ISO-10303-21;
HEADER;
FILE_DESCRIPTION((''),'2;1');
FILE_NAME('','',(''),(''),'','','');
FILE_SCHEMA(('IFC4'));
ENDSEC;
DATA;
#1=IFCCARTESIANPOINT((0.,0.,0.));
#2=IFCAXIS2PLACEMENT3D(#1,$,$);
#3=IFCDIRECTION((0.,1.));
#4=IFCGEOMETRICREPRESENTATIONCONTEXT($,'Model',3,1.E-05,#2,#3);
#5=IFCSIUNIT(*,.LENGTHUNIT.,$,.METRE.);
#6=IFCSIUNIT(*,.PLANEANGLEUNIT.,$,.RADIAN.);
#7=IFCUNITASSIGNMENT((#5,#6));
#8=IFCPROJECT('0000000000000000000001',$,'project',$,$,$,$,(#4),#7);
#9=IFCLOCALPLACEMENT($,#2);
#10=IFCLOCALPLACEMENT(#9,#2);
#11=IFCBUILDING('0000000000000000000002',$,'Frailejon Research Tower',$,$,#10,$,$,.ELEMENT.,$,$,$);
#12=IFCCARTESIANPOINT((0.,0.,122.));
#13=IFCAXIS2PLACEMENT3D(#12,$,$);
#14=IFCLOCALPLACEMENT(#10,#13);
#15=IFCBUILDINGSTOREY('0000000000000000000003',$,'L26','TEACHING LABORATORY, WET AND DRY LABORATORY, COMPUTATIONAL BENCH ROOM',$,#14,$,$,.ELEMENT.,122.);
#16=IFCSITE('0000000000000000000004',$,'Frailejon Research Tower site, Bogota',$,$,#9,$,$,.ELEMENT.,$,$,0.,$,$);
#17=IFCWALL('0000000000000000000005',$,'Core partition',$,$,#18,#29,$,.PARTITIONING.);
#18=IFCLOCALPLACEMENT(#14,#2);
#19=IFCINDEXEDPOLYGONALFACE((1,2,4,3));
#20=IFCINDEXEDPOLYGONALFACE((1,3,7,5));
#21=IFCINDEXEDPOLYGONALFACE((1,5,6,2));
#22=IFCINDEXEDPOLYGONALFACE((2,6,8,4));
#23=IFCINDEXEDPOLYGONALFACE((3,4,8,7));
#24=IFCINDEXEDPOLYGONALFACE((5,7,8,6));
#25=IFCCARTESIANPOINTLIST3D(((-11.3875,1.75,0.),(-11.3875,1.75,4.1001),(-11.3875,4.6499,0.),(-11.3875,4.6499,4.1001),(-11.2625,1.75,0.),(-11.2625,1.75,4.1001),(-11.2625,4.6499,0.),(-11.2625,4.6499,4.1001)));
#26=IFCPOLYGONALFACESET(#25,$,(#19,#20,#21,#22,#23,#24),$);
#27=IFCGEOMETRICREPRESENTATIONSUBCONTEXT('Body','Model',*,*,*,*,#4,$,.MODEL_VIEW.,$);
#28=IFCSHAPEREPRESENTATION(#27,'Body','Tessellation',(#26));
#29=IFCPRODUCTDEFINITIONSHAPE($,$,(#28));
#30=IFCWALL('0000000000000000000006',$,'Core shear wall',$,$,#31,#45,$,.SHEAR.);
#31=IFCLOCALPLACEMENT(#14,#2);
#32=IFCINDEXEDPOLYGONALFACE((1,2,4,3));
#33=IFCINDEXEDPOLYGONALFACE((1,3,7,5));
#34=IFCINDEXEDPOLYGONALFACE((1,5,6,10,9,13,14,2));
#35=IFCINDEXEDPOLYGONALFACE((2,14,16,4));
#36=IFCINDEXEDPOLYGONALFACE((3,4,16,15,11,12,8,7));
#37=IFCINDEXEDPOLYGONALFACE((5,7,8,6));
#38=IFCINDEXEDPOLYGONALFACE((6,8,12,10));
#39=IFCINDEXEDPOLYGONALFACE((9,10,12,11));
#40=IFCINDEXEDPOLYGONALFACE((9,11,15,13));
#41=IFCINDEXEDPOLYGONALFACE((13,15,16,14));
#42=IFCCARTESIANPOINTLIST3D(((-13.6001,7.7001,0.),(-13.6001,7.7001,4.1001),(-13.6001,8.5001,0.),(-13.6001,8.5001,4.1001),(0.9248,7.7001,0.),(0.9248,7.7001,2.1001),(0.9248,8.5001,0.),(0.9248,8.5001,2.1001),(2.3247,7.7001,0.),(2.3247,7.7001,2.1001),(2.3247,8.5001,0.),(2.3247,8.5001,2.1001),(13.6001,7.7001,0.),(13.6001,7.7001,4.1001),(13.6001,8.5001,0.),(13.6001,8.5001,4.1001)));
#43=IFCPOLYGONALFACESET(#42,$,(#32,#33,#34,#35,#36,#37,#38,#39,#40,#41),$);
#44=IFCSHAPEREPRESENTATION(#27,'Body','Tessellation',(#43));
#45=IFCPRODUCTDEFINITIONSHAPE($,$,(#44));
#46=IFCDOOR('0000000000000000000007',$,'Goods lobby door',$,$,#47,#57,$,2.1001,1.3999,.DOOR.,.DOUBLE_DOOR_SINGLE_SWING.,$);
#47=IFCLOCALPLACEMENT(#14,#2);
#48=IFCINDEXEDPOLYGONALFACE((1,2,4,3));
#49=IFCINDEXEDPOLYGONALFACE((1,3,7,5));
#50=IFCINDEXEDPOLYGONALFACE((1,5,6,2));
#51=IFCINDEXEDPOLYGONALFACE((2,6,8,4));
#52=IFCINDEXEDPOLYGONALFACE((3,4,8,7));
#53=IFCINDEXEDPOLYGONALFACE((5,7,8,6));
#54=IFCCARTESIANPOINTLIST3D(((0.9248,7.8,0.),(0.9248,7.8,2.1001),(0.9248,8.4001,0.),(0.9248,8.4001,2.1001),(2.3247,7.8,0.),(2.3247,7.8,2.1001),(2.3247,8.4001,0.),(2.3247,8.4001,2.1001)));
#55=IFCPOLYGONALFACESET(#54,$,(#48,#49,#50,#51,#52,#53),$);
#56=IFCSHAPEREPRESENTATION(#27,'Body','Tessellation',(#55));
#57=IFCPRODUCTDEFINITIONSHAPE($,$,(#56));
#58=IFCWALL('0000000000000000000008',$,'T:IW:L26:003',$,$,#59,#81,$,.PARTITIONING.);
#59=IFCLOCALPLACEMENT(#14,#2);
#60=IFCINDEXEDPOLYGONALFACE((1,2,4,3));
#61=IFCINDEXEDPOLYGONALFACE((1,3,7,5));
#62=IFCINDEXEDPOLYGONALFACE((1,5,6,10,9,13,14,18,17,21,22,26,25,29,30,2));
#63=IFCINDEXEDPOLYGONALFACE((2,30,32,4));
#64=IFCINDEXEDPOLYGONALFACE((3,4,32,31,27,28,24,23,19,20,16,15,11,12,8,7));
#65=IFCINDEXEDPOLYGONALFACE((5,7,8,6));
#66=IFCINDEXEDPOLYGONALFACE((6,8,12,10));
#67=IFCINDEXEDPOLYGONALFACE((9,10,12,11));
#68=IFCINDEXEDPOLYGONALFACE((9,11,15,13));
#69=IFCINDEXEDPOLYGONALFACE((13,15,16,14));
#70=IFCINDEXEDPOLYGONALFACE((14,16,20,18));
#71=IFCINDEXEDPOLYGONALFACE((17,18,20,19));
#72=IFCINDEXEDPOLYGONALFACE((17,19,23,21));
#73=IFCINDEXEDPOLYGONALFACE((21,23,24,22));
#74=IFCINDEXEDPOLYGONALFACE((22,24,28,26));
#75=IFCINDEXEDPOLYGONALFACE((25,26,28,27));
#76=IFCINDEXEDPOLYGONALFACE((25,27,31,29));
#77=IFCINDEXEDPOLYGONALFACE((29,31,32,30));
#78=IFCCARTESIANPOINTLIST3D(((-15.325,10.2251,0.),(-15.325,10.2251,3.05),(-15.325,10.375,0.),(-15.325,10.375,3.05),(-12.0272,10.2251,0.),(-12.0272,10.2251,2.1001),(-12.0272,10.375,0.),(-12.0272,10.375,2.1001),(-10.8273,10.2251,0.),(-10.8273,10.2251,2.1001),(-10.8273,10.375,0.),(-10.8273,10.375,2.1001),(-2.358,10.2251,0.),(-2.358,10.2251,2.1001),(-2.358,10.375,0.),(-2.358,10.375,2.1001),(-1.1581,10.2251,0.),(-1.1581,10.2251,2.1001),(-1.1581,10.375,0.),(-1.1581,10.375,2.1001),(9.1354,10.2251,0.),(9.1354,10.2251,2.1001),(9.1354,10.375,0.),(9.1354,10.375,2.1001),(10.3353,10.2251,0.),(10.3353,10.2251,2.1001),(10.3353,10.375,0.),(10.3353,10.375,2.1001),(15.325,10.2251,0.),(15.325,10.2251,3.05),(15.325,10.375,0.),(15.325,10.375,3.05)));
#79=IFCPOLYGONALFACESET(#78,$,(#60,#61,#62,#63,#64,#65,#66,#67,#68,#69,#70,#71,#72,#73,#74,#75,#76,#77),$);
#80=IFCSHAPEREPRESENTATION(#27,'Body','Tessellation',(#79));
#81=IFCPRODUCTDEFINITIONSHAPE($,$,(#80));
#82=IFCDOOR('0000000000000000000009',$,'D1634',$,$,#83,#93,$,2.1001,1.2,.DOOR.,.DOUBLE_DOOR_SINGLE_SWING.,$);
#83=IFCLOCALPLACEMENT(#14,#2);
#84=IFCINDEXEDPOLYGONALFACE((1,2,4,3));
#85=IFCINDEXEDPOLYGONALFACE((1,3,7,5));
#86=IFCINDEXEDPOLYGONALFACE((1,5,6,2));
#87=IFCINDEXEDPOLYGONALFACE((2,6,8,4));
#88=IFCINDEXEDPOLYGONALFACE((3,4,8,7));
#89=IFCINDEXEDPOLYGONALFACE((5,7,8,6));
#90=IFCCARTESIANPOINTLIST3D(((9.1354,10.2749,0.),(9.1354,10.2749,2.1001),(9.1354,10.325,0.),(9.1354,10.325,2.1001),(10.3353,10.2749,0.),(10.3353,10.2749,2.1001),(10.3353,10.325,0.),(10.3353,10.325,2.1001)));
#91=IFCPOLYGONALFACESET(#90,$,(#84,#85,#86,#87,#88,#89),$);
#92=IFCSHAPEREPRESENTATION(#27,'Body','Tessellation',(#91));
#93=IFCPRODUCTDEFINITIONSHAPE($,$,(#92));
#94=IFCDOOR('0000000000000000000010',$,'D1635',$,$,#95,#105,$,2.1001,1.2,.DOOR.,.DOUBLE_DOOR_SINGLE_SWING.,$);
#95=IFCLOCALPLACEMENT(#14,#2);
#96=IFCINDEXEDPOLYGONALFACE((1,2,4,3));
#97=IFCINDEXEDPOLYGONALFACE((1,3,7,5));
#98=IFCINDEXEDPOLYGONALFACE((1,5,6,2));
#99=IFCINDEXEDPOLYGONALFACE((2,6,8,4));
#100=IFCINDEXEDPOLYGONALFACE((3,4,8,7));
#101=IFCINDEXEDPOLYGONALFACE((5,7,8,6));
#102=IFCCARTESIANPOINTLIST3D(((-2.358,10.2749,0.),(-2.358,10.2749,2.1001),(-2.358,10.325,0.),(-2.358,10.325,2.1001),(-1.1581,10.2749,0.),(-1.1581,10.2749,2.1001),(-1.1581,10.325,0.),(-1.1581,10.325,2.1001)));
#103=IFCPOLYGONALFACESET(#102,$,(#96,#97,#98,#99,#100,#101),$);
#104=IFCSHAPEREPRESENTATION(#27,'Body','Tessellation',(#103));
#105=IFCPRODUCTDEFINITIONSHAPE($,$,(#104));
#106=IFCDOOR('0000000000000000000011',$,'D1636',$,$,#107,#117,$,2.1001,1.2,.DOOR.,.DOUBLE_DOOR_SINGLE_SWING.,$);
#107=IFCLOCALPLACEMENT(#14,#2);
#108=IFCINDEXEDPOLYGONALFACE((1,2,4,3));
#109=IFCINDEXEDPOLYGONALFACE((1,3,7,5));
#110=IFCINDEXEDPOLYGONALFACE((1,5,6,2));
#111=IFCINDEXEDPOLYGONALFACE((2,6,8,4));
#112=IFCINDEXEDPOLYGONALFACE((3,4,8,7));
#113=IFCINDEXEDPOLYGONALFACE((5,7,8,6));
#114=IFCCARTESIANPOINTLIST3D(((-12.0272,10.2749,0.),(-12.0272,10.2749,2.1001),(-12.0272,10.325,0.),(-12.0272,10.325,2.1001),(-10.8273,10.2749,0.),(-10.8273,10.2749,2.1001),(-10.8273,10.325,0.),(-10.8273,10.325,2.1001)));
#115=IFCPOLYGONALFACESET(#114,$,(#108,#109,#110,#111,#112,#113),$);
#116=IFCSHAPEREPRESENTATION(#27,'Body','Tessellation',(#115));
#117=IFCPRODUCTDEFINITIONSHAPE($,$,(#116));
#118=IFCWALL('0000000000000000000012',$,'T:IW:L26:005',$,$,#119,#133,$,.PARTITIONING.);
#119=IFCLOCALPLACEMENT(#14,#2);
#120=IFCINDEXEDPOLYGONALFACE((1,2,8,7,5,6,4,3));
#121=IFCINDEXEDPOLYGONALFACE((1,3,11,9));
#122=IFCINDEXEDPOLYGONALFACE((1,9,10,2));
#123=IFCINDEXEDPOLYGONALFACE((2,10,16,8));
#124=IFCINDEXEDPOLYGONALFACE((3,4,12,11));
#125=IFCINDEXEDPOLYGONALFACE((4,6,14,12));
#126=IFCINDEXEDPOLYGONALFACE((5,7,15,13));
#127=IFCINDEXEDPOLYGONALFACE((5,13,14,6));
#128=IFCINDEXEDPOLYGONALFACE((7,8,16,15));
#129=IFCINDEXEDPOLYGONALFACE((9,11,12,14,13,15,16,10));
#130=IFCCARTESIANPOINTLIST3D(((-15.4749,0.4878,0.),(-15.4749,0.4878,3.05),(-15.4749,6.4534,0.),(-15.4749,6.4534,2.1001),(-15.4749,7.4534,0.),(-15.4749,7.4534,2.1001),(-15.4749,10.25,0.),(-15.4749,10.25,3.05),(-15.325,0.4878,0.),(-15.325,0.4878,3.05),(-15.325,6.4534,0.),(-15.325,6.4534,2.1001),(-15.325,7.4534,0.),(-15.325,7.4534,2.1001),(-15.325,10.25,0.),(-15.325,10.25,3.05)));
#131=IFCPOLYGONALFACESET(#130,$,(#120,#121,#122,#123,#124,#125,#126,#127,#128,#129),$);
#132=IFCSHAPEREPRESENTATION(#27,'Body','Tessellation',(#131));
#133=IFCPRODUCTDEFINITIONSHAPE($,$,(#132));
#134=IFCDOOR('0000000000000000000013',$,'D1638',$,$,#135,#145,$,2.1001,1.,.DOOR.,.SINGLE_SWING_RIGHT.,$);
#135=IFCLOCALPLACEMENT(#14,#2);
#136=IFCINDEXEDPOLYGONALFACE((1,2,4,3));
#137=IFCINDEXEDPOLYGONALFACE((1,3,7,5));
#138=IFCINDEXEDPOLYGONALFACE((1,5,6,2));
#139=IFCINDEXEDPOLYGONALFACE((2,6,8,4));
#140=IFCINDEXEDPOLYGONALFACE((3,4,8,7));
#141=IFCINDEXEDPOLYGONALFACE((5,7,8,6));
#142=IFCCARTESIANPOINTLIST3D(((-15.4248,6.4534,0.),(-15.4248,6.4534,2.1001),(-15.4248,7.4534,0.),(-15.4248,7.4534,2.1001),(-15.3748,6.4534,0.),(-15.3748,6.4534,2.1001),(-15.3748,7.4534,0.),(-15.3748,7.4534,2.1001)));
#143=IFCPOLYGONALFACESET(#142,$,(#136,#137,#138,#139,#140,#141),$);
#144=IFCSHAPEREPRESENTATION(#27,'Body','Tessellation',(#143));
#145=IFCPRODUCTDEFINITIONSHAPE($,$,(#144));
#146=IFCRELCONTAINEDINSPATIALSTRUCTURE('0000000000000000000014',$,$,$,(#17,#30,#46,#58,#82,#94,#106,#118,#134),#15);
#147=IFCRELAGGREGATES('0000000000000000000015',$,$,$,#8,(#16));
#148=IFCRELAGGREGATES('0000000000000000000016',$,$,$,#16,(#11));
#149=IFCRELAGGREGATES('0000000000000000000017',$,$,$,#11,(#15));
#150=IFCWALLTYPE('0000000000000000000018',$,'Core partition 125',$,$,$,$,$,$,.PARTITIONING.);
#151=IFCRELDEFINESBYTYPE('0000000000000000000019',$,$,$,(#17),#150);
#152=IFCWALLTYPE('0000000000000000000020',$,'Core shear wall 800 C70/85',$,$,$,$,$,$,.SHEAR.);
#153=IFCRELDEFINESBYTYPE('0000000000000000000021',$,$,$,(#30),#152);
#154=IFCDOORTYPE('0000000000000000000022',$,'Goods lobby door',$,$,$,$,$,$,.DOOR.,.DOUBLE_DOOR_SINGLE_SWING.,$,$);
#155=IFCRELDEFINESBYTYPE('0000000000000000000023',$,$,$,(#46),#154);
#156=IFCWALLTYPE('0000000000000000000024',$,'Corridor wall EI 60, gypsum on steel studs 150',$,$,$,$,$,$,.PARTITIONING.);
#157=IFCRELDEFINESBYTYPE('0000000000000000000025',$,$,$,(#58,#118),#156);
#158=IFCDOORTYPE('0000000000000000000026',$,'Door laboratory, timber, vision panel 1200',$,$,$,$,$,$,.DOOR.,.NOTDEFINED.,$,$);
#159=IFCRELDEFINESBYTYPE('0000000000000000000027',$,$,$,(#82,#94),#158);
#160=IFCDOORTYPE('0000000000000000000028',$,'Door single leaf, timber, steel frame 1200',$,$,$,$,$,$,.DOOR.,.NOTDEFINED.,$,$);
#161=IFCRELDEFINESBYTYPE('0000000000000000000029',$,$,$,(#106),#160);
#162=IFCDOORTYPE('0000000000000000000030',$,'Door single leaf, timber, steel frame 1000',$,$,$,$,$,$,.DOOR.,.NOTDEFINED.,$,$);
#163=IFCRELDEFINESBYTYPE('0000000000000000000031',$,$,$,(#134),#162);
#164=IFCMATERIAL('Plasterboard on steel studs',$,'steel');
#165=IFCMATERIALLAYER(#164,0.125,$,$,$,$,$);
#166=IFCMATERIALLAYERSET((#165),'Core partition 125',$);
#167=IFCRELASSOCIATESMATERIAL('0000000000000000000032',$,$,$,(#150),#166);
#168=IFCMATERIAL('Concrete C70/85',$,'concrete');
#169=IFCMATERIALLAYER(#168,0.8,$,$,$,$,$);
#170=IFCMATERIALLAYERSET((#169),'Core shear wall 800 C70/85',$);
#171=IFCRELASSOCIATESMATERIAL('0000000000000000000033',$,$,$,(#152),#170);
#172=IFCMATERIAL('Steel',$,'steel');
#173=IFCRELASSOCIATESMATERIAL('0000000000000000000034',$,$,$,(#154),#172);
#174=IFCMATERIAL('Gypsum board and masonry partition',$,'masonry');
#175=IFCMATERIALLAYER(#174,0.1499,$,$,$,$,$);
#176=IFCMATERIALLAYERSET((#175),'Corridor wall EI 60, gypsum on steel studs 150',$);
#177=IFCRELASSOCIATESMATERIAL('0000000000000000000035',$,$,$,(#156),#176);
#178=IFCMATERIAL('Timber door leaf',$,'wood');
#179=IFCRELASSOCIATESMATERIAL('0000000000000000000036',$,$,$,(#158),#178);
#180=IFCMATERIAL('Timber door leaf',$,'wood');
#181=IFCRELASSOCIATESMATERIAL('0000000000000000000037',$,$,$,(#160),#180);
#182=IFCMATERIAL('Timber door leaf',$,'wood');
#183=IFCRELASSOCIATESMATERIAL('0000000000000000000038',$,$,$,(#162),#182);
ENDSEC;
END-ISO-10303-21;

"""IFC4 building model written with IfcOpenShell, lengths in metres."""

from ifc_helpers import new_model, si_unit, direction, frame, frame_2d, origin, place, context, subcontext, project, spatial, rectangle, extrude, material, layer, layer_set, type_object, element, fill, save


model = new_model("IFC4")

# Units and contexts
model_context = context("Model", 3, precision=1e-05, world=origin(), true_north=direction((0.0, 1.0)))
body_context = subcontext(model_context, "Body", "Model", "MODEL_VIEW")
ifc_project = project(units=[si_unit("LENGTHUNIT", "METRE"), si_unit("PLANEANGLEUNIT", "RADIAN")], contexts=[model_context])

# Site, building, storey
site_placement = place(None, origin())
site = spatial("IfcSite", under=ifc_project, at=site_placement, Name="Frailejon Research Tower site, Bogota", CompositionType="ELEMENT", RefElevation=0.0)
building_placement = place(site_placement, origin())
building = spatial("IfcBuilding", under=site, at=building_placement, Name="Frailejon Research Tower", CompositionType="ELEMENT")
storey_placement = place(building_placement, frame((0.0, 0.0, 122.0)))
storey = spatial("IfcBuildingStorey", under=building, at=storey_placement, Name="L26", Description="TEACHING LABORATORY, WET AND DRY LABORATORY, COMPUTATIONAL BENCH ROOM", CompositionType="ELEMENT", Elevation=122.0)

# Wall
ifc_material_1 = material(Name="Plasterboard on steel studs", Category="steel")
ifc_layer_1 = layer(ifc_material_1, 0.125)
ifc_layer_set_1 = layer_set([ifc_layer_1], Name="Core partition 125")
wall_type_1 = type_object("IfcWallType", Name="Core partition 125", PredefinedType="PARTITIONING", material=ifc_layer_set_1)
wall_1_placement = place(storey_placement, frame((-11.325, 1.75, 0.0), z_axis=(0.0, 0.0, 1.0), x_axis=(0.0, 1.0, 0.0)))
element("IfcWall", 1, at=wall_1_placement, inside=storey, type_object=wall_type_1, Name="Core partition", PredefinedType="PARTITIONING", context=body_context, shape_type="SweptSolid", body=[
    extrude(rectangle(XDim=2.8999, YDim=0.125, at=frame_2d((1.45, 0.0))), origin(), (0.0, 0.0, 1.0), 4.1001),
])

# Wall, opening, door
ifc_material_2 = material(Name="Concrete C70/85", Category="concrete")
ifc_layer_2 = layer(ifc_material_2, 0.8)
ifc_layer_set_2 = layer_set([ifc_layer_2], Name="Core shear wall 800 C70/85")
wall_type_2 = type_object("IfcWallType", Name="Core shear wall 800 C70/85", PredefinedType="SHEAR", material=ifc_layer_set_2)
wall_2_placement = place(storey_placement, frame((-13.6001, 8.1001, 0.0), z_axis=(0.0, 0.0, 1.0), x_axis=(1.0, 0.0, 0.0)))
wall_2 = element("IfcWall", 2, at=wall_2_placement, inside=storey, type_object=wall_type_2, Name="Core shear wall", PredefinedType="SHEAR", context=body_context, shape_type="SweptSolid", body=[
    extrude(rectangle(XDim=27.2002, YDim=0.8, at=frame_2d((13.6001, 0.0))), origin(), (0.0, 0.0, 1.0), 4.1001),
])
opening_1_placement = place(wall_2_placement, frame((14.5249, 0.0, 0.0)))
opening_1 = element("IfcOpeningElement", 3, at=opening_1_placement, cuts=wall_2, PredefinedType="OPENING", context=body_context, shape_type="SweptSolid", body=[
    extrude(rectangle(XDim=1.3999, YDim=2.1001, at=frame_2d((0.7, 1.05))), frame((0.0, 0.4099, 0.0), z_axis=(0.0, -1.0, 0.0), x_axis=(1.0, 0.0, 0.0)), (0.0, 0.0, 1.0), 0.8201),
])
ifc_material_3 = material(Name="Steel", Category="steel")
door_type_1 = type_object("IfcDoorType", Name="Goods lobby door", OperationType="DOUBLE_DOOR_SINGLE_SWING", PredefinedType="DOOR", material=ifc_material_3)
door_1_placement = place(opening_1_placement, origin())
door_1 = element("IfcDoor", 4, at=door_1_placement, inside=storey, type_object=door_type_1, Name="Goods lobby door", OperationType="DOUBLE_DOOR_SINGLE_SWING", OverallHeight=2.1001, OverallWidth=1.3999, PredefinedType="DOOR", context=body_context, shape_type="SweptSolid", body=[
    extrude(rectangle(XDim=1.3999, YDim=2.1001, at=frame_2d((0.7, 1.05))), frame((0.0, 0.3, 0.0), z_axis=(0.0, -1.0, 0.0), x_axis=(1.0, 0.0, 0.0)), (0.0, 0.0, 1.0), 0.6001),
])
fill(opening_1, door_1)

# Wall, openings, doors
ifc_material_4 = material(Name="Gypsum board and masonry partition", Category="masonry")
ifc_layer_3 = layer(ifc_material_4, 0.1499)
ifc_layer_set_3 = layer_set([ifc_layer_3], Name="Corridor wall EI 60, gypsum on steel studs 150")
wall_type_3 = type_object("IfcWallType", Name="Corridor wall EI 60, gypsum on steel studs 150", PredefinedType="PARTITIONING", material=ifc_layer_set_3)
wall_3_placement = place(storey_placement, frame((-15.325, 10.3, 0.0), z_axis=(0.0, 0.0, 1.0), x_axis=(1.0, 0.0, 0.0)))
wall_3 = element("IfcWall", 5, at=wall_3_placement, inside=storey, type_object=wall_type_3, Name="T:IW:L26:003", PredefinedType="PARTITIONING", context=body_context, shape_type="SweptSolid", body=[
    extrude(rectangle(XDim=30.6499, YDim=0.1499, at=frame_2d((15.325, 0.0))), origin(), (0.0, 0.0, 1.0), 3.05),
])
opening_2_placement = place(wall_3_placement, frame((24.4602, 0.0, 0.0)))
opening_2 = element("IfcOpeningElement", 6, at=opening_2_placement, cuts=wall_3, PredefinedType="OPENING", context=body_context, shape_type="SweptSolid", body=[
    extrude(rectangle(XDim=1.2, YDim=2.1001, at=frame_2d((0.6001, 1.05))), frame((0.0, 0.085, 0.0), z_axis=(0.0, -1.0, 0.0), x_axis=(1.0, 0.0, 0.0)), (0.0, 0.0, 1.0), 0.1699),
])
opening_3_placement = place(wall_3_placement, frame((12.9668, 0.0, 0.0)))
opening_3 = element("IfcOpeningElement", 7, at=opening_3_placement, cuts=wall_3, PredefinedType="OPENING", context=body_context, shape_type="SweptSolid", body=[
    extrude(rectangle(XDim=1.2, YDim=2.1001, at=frame_2d((0.6001, 1.05))), frame((0.0, 0.085, 0.0), z_axis=(0.0, -1.0, 0.0), x_axis=(1.0, 0.0, 0.0)), (0.0, 0.0, 1.0), 0.1699),
])
opening_4_placement = place(wall_3_placement, frame((3.2976, 0.0, 0.0)))
opening_4 = element("IfcOpeningElement", 8, at=opening_4_placement, cuts=wall_3, PredefinedType="OPENING", context=body_context, shape_type="SweptSolid", body=[
    extrude(rectangle(XDim=1.2, YDim=2.1001, at=frame_2d((0.6001, 1.05))), frame((0.0, 0.085, 0.0), z_axis=(0.0, -1.0, 0.0), x_axis=(1.0, 0.0, 0.0)), (0.0, 0.0, 1.0), 0.1699),
])
ifc_material_5 = material(Name="Timber door leaf", Category="wood")
door_type_2 = type_object("IfcDoorType", Name="Door laboratory, timber, vision panel 1200", OperationType="NOTDEFINED", PredefinedType="DOOR", material=ifc_material_5)
door_2_placement = place(opening_2_placement, origin())
door_2 = element("IfcDoor", 9, at=door_2_placement, inside=storey, type_object=door_type_2, Name="D1634", OperationType="DOUBLE_DOOR_SINGLE_SWING", OverallHeight=2.1001, OverallWidth=1.2, PredefinedType="DOOR", context=body_context, shape_type="SweptSolid", body=[
    extrude(rectangle(XDim=1.2, YDim=2.1001, at=frame_2d((0.6001, 1.05))), frame((0.0, 0.0249, 0.0), z_axis=(0.0, -1.0, 0.0), x_axis=(1.0, 0.0, 0.0)), (0.0, 0.0, 1.0), 0.05),
])
fill(opening_2, door_2)
door_3_placement = place(opening_3_placement, origin())
door_3 = element("IfcDoor", 10, at=door_3_placement, inside=storey, type_object=door_type_2, Name="D1635", OperationType="DOUBLE_DOOR_SINGLE_SWING", OverallHeight=2.1001, OverallWidth=1.2, PredefinedType="DOOR", context=body_context, shape_type="SweptSolid", body=[
    extrude(rectangle(XDim=1.2, YDim=2.1001, at=frame_2d((0.6001, 1.05))), frame((0.0, 0.0249, 0.0), z_axis=(0.0, -1.0, 0.0), x_axis=(1.0, 0.0, 0.0)), (0.0, 0.0, 1.0), 0.05),
])
fill(opening_3, door_3)
ifc_material_6 = material(Name="Timber door leaf", Category="wood")
door_type_3 = type_object("IfcDoorType", Name="Door single leaf, timber, steel frame 1200", OperationType="NOTDEFINED", PredefinedType="DOOR", material=ifc_material_6)
door_4_placement = place(opening_4_placement, origin())
door_4 = element("IfcDoor", 11, at=door_4_placement, inside=storey, type_object=door_type_3, Name="D1636", OperationType="DOUBLE_DOOR_SINGLE_SWING", OverallHeight=2.1001, OverallWidth=1.2, PredefinedType="DOOR", context=body_context, shape_type="SweptSolid", body=[
    extrude(rectangle(XDim=1.2, YDim=2.1001, at=frame_2d((0.6001, 1.05))), frame((0.0, 0.0249, 0.0), z_axis=(0.0, -1.0, 0.0), x_axis=(1.0, 0.0, 0.0)), (0.0, 0.0, 1.0), 0.05),
])
fill(opening_4, door_4)

# Wall, opening, door
wall_4_placement = place(storey_placement, frame((-15.3999, 0.4878, 0.0), z_axis=(0.0, 0.0, 1.0), x_axis=(0.0, 1.0, 0.0)))
wall_4 = element("IfcWall", 12, at=wall_4_placement, inside=storey, type_object=wall_type_3, Name="T:IW:L26:005", PredefinedType="PARTITIONING", context=body_context, shape_type="SweptSolid", body=[
    extrude(rectangle(XDim=9.7622, YDim=0.1499, at=frame_2d((4.8811, 0.0))), origin(), (0.0, 0.0, 1.0), 3.05),
])
opening_5_placement = place(wall_4_placement, frame((5.9656, 0.0, 0.0)))
opening_5 = element("IfcOpeningElement", 13, at=opening_5_placement, cuts=wall_4, PredefinedType="OPENING", context=body_context, shape_type="SweptSolid", body=[
    extrude(rectangle(XDim=1.0, YDim=2.1001, at=frame_2d((0.5, 1.05))), frame((0.0, 0.085, 0.0), z_axis=(0.0, -1.0, 0.0), x_axis=(1.0, 0.0, 0.0)), (0.0, 0.0, 1.0), 0.1699),
])
ifc_material_7 = material(Name="Timber door leaf", Category="wood")
door_type_4 = type_object("IfcDoorType", Name="Door single leaf, timber, steel frame 1000", OperationType="NOTDEFINED", PredefinedType="DOOR", material=ifc_material_7)
door_5_placement = place(opening_5_placement, origin())
door_5 = element("IfcDoor", 14, at=door_5_placement, inside=storey, type_object=door_type_4, Name="D1638", OperationType="SINGLE_SWING_RIGHT", OverallHeight=2.1001, OverallWidth=1.0, PredefinedType="DOOR", context=body_context, shape_type="SweptSolid", body=[
    extrude(rectangle(XDim=1.0, YDim=2.1001, at=frame_2d((0.5, 1.05))), frame((0.0, 0.0249, 0.0), z_axis=(0.0, -1.0, 0.0), x_axis=(1.0, 0.0, 0.0)), (0.0, 0.0, 1.0), 0.05),
])
fill(opening_5, door_5)

save(model, "model.ifc")
